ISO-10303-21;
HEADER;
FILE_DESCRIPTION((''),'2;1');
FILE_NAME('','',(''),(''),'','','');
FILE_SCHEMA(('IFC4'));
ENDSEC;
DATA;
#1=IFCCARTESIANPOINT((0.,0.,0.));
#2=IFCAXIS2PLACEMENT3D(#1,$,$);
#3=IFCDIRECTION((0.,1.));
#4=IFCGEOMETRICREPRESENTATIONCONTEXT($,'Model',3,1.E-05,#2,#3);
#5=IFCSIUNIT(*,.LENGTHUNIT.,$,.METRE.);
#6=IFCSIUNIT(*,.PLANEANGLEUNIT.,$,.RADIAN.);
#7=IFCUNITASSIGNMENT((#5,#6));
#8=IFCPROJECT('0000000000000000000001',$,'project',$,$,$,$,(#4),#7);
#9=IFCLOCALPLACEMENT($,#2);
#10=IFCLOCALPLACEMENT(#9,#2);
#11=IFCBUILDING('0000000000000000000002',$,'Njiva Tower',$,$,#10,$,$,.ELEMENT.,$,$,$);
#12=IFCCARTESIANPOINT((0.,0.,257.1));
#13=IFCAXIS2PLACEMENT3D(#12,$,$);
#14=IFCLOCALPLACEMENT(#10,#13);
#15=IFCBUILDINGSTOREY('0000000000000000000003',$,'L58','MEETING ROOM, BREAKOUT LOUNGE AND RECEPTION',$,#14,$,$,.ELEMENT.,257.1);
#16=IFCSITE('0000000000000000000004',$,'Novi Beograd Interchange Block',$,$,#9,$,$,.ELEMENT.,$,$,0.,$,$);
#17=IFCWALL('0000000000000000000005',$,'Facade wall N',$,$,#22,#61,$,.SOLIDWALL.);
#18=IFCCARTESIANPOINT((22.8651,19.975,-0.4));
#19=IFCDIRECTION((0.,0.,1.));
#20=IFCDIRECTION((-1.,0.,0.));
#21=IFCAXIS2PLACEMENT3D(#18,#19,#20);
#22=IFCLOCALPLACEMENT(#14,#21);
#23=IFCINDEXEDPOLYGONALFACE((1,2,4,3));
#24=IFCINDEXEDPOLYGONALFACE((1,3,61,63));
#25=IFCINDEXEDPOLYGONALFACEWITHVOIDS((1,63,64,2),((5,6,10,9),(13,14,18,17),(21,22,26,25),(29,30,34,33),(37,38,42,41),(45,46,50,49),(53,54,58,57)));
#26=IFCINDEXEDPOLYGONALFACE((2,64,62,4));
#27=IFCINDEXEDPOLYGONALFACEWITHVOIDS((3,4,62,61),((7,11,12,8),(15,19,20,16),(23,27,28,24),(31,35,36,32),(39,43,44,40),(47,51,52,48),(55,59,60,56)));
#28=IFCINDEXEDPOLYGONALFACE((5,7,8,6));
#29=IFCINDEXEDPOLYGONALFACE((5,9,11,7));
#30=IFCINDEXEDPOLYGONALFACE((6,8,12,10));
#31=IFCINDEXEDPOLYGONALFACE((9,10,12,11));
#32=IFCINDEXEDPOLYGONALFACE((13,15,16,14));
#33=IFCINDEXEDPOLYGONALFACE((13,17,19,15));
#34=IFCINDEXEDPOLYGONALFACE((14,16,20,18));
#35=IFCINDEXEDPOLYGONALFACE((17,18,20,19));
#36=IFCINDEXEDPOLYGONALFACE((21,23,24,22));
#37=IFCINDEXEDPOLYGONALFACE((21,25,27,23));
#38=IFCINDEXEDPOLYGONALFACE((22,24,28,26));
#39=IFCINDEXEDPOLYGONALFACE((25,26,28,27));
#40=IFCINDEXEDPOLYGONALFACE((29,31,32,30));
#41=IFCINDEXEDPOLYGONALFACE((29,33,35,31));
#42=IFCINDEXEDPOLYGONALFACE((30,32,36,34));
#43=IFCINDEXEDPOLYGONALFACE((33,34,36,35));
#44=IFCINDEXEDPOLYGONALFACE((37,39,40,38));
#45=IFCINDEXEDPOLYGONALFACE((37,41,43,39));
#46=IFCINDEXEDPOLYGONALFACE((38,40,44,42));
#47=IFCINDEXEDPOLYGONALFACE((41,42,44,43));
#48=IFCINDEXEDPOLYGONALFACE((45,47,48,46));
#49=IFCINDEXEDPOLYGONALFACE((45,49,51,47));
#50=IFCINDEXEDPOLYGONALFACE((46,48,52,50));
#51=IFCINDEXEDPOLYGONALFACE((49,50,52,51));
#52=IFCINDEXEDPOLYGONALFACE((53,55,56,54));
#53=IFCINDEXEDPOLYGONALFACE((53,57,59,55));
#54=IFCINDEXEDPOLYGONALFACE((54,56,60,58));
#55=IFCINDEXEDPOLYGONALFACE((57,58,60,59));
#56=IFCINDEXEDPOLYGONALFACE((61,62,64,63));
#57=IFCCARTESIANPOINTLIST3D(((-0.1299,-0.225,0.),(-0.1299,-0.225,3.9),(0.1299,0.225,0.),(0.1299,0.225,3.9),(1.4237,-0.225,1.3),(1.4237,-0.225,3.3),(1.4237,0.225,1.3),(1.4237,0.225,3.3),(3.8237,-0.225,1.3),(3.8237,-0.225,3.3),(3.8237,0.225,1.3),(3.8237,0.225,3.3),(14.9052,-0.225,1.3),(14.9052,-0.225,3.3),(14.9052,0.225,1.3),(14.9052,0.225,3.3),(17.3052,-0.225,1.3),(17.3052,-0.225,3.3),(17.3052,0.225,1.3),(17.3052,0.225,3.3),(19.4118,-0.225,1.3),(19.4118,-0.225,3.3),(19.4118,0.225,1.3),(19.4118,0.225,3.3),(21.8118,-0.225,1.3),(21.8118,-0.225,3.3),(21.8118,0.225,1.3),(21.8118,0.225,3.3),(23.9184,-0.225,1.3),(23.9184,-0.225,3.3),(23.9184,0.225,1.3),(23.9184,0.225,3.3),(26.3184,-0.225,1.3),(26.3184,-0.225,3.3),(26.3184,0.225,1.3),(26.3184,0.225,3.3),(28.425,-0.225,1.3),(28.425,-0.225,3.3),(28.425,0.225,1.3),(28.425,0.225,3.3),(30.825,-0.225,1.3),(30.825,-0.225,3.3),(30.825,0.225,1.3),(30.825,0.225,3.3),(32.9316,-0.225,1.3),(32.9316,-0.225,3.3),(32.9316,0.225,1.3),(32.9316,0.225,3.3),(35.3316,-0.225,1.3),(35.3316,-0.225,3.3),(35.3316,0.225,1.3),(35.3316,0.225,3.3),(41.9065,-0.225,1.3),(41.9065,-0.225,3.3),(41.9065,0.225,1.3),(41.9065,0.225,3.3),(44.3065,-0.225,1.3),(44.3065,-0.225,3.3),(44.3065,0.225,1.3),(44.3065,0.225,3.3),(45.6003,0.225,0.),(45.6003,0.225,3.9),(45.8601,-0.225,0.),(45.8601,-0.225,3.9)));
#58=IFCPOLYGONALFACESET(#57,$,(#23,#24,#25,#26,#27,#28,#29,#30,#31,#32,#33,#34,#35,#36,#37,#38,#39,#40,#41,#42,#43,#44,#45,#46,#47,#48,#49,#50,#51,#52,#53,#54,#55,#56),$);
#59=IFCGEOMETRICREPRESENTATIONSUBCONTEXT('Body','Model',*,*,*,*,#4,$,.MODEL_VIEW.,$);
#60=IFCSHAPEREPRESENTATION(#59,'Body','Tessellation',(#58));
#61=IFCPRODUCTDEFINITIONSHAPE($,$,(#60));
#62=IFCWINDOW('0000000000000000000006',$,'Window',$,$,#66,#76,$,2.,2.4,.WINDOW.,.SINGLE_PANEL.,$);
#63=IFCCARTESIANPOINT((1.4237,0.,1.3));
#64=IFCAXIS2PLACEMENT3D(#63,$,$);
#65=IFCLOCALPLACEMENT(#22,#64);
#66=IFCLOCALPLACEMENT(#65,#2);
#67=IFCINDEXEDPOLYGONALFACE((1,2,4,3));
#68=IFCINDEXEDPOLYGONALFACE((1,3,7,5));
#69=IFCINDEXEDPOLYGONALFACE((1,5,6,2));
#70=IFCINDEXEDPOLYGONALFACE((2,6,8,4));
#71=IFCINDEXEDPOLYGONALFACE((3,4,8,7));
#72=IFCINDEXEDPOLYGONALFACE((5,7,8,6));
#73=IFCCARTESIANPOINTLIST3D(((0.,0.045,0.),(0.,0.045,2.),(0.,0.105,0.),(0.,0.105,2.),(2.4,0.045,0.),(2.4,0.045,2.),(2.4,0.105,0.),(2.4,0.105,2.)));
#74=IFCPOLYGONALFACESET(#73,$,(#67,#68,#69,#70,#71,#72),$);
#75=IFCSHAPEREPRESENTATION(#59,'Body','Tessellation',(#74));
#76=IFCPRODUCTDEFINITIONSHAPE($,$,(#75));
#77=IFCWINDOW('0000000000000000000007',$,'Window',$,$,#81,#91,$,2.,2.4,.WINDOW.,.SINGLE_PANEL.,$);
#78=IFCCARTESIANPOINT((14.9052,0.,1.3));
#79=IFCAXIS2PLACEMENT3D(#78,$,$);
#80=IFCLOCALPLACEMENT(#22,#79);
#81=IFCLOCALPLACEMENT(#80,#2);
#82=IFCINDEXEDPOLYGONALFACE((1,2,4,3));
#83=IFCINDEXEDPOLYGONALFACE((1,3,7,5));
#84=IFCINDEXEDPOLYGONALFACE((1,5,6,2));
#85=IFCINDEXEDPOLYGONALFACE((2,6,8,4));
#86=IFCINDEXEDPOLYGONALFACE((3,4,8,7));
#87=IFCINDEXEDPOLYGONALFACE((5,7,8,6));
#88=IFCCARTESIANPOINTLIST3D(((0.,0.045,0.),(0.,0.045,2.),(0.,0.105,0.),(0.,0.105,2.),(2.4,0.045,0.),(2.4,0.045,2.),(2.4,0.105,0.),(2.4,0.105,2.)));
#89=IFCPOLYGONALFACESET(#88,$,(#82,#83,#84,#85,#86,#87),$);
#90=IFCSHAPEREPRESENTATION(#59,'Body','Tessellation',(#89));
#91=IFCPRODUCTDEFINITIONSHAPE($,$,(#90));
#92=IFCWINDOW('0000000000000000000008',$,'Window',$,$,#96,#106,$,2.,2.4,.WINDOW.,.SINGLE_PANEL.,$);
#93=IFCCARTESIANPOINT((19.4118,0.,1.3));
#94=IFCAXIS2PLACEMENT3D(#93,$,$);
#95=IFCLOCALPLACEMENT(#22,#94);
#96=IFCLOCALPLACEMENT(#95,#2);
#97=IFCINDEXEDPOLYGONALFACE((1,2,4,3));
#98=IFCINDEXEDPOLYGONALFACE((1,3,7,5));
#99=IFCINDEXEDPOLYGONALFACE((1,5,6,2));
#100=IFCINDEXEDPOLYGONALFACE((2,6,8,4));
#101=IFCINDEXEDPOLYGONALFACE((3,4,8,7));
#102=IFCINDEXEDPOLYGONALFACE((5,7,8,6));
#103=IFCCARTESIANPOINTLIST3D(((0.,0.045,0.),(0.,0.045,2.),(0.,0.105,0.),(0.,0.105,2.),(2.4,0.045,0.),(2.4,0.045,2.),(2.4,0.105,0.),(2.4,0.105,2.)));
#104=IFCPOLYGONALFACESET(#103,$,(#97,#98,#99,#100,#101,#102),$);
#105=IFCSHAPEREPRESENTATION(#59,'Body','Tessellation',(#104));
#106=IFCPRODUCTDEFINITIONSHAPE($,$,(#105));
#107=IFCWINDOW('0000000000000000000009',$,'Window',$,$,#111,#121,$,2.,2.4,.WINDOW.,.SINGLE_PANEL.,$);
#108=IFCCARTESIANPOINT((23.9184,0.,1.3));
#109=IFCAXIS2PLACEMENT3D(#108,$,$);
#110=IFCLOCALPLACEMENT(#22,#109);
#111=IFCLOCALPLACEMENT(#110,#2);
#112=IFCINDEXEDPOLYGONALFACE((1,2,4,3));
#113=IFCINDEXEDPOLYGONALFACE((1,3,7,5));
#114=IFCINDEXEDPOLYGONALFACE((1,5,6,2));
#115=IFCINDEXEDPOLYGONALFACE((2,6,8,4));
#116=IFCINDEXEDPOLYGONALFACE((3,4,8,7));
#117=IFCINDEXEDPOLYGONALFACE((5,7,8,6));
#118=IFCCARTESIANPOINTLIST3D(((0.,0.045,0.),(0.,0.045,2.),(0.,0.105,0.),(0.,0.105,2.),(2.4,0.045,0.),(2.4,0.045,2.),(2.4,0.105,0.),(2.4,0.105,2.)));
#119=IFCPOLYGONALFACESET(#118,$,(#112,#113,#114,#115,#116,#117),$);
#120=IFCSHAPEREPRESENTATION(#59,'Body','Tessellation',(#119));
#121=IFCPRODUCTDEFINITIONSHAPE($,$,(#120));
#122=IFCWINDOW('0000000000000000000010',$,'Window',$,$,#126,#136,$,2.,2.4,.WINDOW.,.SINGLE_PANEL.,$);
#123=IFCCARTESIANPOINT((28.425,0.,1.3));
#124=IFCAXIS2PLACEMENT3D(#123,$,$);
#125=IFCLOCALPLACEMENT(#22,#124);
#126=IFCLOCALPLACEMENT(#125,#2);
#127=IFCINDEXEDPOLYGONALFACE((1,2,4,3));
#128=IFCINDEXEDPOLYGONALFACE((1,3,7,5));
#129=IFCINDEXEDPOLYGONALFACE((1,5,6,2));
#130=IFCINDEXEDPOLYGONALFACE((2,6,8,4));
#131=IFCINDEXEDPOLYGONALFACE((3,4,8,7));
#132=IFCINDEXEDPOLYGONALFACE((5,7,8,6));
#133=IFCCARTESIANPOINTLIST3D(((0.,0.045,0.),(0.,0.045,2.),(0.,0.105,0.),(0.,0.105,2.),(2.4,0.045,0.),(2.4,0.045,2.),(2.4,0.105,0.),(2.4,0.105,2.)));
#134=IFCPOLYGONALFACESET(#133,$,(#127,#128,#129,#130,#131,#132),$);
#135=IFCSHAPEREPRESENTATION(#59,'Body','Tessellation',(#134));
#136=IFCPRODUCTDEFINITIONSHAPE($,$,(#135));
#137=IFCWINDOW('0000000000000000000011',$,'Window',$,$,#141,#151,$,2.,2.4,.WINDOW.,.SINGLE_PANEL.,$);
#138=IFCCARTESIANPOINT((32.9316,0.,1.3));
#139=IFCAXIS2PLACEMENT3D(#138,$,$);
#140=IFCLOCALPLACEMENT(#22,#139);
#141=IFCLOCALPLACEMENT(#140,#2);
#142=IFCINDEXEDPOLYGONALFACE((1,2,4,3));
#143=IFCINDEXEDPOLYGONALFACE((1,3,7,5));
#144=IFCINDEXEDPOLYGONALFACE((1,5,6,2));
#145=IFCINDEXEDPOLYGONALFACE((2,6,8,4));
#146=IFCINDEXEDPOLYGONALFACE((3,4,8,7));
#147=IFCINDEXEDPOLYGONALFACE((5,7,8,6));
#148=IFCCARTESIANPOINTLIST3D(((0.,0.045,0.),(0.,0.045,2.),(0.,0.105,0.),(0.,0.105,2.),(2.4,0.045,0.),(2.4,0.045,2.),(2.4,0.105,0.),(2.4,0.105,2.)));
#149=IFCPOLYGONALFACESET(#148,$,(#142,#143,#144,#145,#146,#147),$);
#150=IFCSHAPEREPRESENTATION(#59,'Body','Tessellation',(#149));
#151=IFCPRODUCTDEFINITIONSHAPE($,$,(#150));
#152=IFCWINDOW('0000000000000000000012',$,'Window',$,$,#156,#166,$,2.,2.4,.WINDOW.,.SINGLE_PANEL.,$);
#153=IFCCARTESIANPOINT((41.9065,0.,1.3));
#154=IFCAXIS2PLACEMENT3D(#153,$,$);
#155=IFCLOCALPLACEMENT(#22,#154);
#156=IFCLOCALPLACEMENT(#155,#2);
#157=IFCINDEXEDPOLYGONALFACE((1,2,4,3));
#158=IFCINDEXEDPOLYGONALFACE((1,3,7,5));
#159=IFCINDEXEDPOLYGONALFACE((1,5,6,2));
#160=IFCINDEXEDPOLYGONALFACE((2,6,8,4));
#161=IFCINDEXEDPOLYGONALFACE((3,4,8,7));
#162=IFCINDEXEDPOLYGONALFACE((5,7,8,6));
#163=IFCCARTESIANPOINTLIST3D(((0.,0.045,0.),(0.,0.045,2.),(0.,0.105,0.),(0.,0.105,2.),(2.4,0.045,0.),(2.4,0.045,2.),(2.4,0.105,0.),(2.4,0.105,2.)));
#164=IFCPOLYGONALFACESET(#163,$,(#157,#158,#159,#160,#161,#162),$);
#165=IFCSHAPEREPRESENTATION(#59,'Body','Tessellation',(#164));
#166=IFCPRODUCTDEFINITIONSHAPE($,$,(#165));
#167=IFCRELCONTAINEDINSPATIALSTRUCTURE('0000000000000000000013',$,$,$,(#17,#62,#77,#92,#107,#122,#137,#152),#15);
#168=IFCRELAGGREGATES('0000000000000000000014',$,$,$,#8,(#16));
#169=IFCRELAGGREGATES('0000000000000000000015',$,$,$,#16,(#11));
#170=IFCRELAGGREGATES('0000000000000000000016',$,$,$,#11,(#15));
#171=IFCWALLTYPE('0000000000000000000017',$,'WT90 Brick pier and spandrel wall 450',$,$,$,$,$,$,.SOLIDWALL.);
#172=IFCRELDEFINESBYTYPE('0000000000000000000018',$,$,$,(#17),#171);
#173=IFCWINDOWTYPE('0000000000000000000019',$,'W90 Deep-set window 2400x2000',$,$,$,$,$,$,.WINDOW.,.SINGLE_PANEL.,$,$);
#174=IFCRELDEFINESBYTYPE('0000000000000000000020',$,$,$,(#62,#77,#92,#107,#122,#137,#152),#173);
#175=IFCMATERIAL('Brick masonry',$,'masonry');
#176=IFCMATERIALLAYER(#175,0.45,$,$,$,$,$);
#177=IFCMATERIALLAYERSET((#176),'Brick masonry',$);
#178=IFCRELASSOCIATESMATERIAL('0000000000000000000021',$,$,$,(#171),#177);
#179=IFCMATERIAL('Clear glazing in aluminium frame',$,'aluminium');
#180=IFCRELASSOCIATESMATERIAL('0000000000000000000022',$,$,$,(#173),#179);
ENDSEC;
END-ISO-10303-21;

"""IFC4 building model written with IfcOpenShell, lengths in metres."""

from ifc_helpers import new_model, si_unit, direction, frame, frame_2d, origin, place, context, subcontext, project, spatial, polyline, rectangle, outline, extrude, material, layer, layer_set, type_object, element, fill, save


model = new_model("IFC4")

# Units and contexts
model_context = context("Model", 3, precision=1e-05, world=origin(), true_north=direction((0.0, 1.0)))
body_context = subcontext(model_context, "Body", "Model", "MODEL_VIEW")
ifc_project = project(units=[si_unit("LENGTHUNIT", "METRE"), si_unit("PLANEANGLEUNIT", "RADIAN")], contexts=[model_context])

# Site, building, storey
site_placement = place(None, origin())
site = spatial("IfcSite", under=ifc_project, at=site_placement, Name="Novi Beograd Interchange Block", CompositionType="ELEMENT", RefElevation=0.0)
building_placement = place(site_placement, origin())
building = spatial("IfcBuilding", under=site, at=building_placement, Name="Njiva Tower", CompositionType="ELEMENT")
storey_placement = place(building_placement, frame((0.0, 0.0, 257.1)))
storey = spatial("IfcBuildingStorey", under=building, at=storey_placement, Name="L58", Description="MEETING ROOM, BREAKOUT LOUNGE AND RECEPTION", CompositionType="ELEMENT", Elevation=257.1)

# Wall, openings, windows
ifc_material_1 = material(Name="Brick masonry", Category="masonry")
ifc_layer_1 = layer(ifc_material_1, 0.45)
ifc_layer_set_1 = layer_set([ifc_layer_1], Name="Brick masonry")
wall_type_1 = type_object("IfcWallType", Name="WT90 Brick pier and spandrel wall 450", PredefinedType="SOLIDWALL", material=ifc_layer_set_1)
wall_1_placement = place(storey_placement, frame((22.8651, 19.975, -0.4), z_axis=(0.0, 0.0, 1.0), x_axis=(-1.0, 0.0, 0.0)))
wall_1 = element("IfcWall", 1, at=wall_1_placement, inside=storey, type_object=wall_type_1, Name="Facade wall N", PredefinedType="SOLIDWALL", context=body_context, shape_type="SweptSolid", body=[
    extrude(outline(polyline([(-0.1299, -0.225), (45.8601, -0.225), (45.6003, 0.225), (0.1299, 0.225), (-0.1299, -0.225)])), origin(), (0.0, 0.0, 1.0), 3.9),
])
opening_1_placement = place(wall_1_placement, frame((1.4237, 0.0, 1.3)))
opening_1 = element("IfcOpeningElement", 2, at=opening_1_placement, cuts=wall_1, PredefinedType="OPENING", context=body_context, shape_type="SweptSolid", body=[
    extrude(rectangle(XDim=2.4, YDim=2.0, at=frame_2d((1.2, 1.0))), frame((0.0, 0.235, 0.0), z_axis=(0.0, -1.0, 0.0), x_axis=(1.0, 0.0, 0.0)), (0.0, 0.0, 1.0), 0.47),
])
opening_2_placement = place(wall_1_placement, frame((14.9052, 0.0, 1.3)))
opening_2 = element("IfcOpeningElement", 3, at=opening_2_placement, cuts=wall_1, PredefinedType="OPENING", context=body_context, shape_type="SweptSolid", body=[
    extrude(rectangle(XDim=2.4, YDim=2.0, at=frame_2d((1.2, 1.0))), frame((0.0, 0.235, 0.0), z_axis=(0.0, -1.0, 0.0), x_axis=(1.0, 0.0, 0.0)), (0.0, 0.0, 1.0), 0.47),
])
opening_3_placement = place(wall_1_placement, frame((19.4118, 0.0, 1.3)))
opening_3 = element("IfcOpeningElement", 4, at=opening_3_placement, cuts=wall_1, PredefinedType="OPENING", context=body_context, shape_type="SweptSolid", body=[
    extrude(rectangle(XDim=2.4, YDim=2.0, at=frame_2d((1.2, 1.0))), frame((0.0, 0.235, 0.0), z_axis=(0.0, -1.0, 0.0), x_axis=(1.0, 0.0, 0.0)), (0.0, 0.0, 1.0), 0.47),
])
opening_4_placement = place(wall_1_placement, frame((23.9184, 0.0, 1.3)))
opening_4 = element("IfcOpeningElement", 5, at=opening_4_placement, cuts=wall_1, PredefinedType="OPENING", context=body_context, shape_type="SweptSolid", body=[
    extrude(rectangle(XDim=2.4, YDim=2.0, at=frame_2d((1.2, 1.0))), frame((0.0, 0.235, 0.0), z_axis=(0.0, -1.0, 0.0), x_axis=(1.0, 0.0, 0.0)), (0.0, 0.0, 1.0), 0.47),
])
opening_5_placement = place(wall_1_placement, frame((28.425, 0.0, 1.3)))
opening_5 = element("IfcOpeningElement", 6, at=opening_5_placement, cuts=wall_1, PredefinedType="OPENING", context=body_context, shape_type="SweptSolid", body=[
    extrude(rectangle(XDim=2.4, YDim=2.0, at=frame_2d((1.2, 1.0))), frame((0.0, 0.235, 0.0), z_axis=(0.0, -1.0, 0.0), x_axis=(1.0, 0.0, 0.0)), (0.0, 0.0, 1.0), 0.47),
])
opening_6_placement = place(wall_1_placement, frame((32.9316, 0.0, 1.3)))
opening_6 = element("IfcOpeningElement", 7, at=opening_6_placement, cuts=wall_1, PredefinedType="OPENING", context=body_context, shape_type="SweptSolid", body=[
    extrude(rectangle(XDim=2.4, YDim=2.0, at=frame_2d((1.2, 1.0))), frame((0.0, 0.235, 0.0), z_axis=(0.0, -1.0, 0.0), x_axis=(1.0, 0.0, 0.0)), (0.0, 0.0, 1.0), 0.47),
])
opening_7_placement = place(wall_1_placement, frame((41.9065, 0.0, 1.3)))
opening_7 = element("IfcOpeningElement", 8, at=opening_7_placement, cuts=wall_1, PredefinedType="OPENING", context=body_context, shape_type="SweptSolid", body=[
    extrude(rectangle(XDim=2.4, YDim=2.0, at=frame_2d((1.2, 1.0))), frame((0.0, 0.235, 0.0), z_axis=(0.0, -1.0, 0.0), x_axis=(1.0, 0.0, 0.0)), (0.0, 0.0, 1.0), 0.47),
])
ifc_material_2 = material(Name="Clear glazing in aluminium frame", Category="aluminium")
window_type_1 = type_object("IfcWindowType", Name="W90 Deep-set window 2400x2000", PartitioningType="SINGLE_PANEL", PredefinedType="WINDOW", material=ifc_material_2)
window_1_placement = place(opening_1_placement, origin())
window_1 = element("IfcWindow", 9, at=window_1_placement, inside=storey, type_object=window_type_1, Name="Window", OverallHeight=2.0, OverallWidth=2.4, PartitioningType="SINGLE_PANEL", PredefinedType="WINDOW", context=body_context, shape_type="SweptSolid", body=[
    extrude(rectangle(XDim=2.4, YDim=2.0, at=frame_2d((1.2, 1.0))), frame((0.0, 0.105, 0.0), z_axis=(0.0, -1.0, 0.0), x_axis=(1.0, 0.0, 0.0)), (0.0, 0.0, 1.0), 0.06),
])
fill(opening_1, window_1)
window_2_placement = place(opening_2_placement, origin())
window_2 = element("IfcWindow", 10, at=window_2_placement, inside=storey, type_object=window_type_1, Name="Window", OverallHeight=2.0, OverallWidth=2.4, PartitioningType="SINGLE_PANEL", PredefinedType="WINDOW", context=body_context, shape_type="SweptSolid", body=[
    extrude(rectangle(XDim=2.4, YDim=2.0, at=frame_2d((1.2, 1.0))), frame((0.0, 0.105, 0.0), z_axis=(0.0, -1.0, 0.0), x_axis=(1.0, 0.0, 0.0)), (0.0, 0.0, 1.0), 0.06),
])
fill(opening_2, window_2)
window_3_placement = place(opening_3_placement, origin())
window_3 = element("IfcWindow", 11, at=window_3_placement, inside=storey, type_object=window_type_1, Name="Window", OverallHeight=2.0, OverallWidth=2.4, PartitioningType="SINGLE_PANEL", PredefinedType="WINDOW", context=body_context, shape_type="SweptSolid", body=[
    extrude(rectangle(XDim=2.4, YDim=2.0, at=frame_2d((1.2, 1.0))), frame((0.0, 0.105, 0.0), z_axis=(0.0, -1.0, 0.0), x_axis=(1.0, 0.0, 0.0)), (0.0, 0.0, 1.0), 0.06),
])
fill(opening_3, window_3)
window_4_placement = place(opening_4_placement, origin())
window_4 = element("IfcWindow", 12, at=window_4_placement, inside=storey, type_object=window_type_1, Name="Window", OverallHeight=2.0, OverallWidth=2.4, PartitioningType="SINGLE_PANEL", PredefinedType="WINDOW", context=body_context, shape_type="SweptSolid", body=[
    extrude(rectangle(XDim=2.4, YDim=2.0, at=frame_2d((1.2, 1.0))), frame((0.0, 0.105, 0.0), z_axis=(0.0, -1.0, 0.0), x_axis=(1.0, 0.0, 0.0)), (0.0, 0.0, 1.0), 0.06),
])
fill(opening_4, window_4)
window_5_placement = place(opening_5_placement, origin())
window_5 = element("IfcWindow", 13, at=window_5_placement, inside=storey, type_object=window_type_1, Name="Window", OverallHeight=2.0, OverallWidth=2.4, PartitioningType="SINGLE_PANEL", PredefinedType="WINDOW", context=body_context, shape_type="SweptSolid", body=[
    extrude(rectangle(XDim=2.4, YDim=2.0, at=frame_2d((1.2, 1.0))), frame((0.0, 0.105, 0.0), z_axis=(0.0, -1.0, 0.0), x_axis=(1.0, 0.0, 0.0)), (0.0, 0.0, 1.0), 0.06),
])
fill(opening_5, window_5)
window_6_placement = place(opening_6_placement, origin())
window_6 = element("IfcWindow", 14, at=window_6_placement, inside=storey, type_object=window_type_1, Name="Window", OverallHeight=2.0, OverallWidth=2.4, PartitioningType="SINGLE_PANEL", PredefinedType="WINDOW", context=body_context, shape_type="SweptSolid", body=[
    extrude(rectangle(XDim=2.4, YDim=2.0, at=frame_2d((1.2, 1.0))), frame((0.0, 0.105, 0.0), z_axis=(0.0, -1.0, 0.0), x_axis=(1.0, 0.0, 0.0)), (0.0, 0.0, 1.0), 0.06),
])
fill(opening_6, window_6)
window_7_placement = place(opening_7_placement, origin())
window_7 = element("IfcWindow", 15, at=window_7_placement, inside=storey, type_object=window_type_1, Name="Window", OverallHeight=2.0, OverallWidth=2.4, PartitioningType="SINGLE_PANEL", PredefinedType="WINDOW", context=body_context, shape_type="SweptSolid", body=[
    extrude(rectangle(XDim=2.4, YDim=2.0, at=frame_2d((1.2, 1.0))), frame((0.0, 0.105, 0.0), z_axis=(0.0, -1.0, 0.0), x_axis=(1.0, 0.0, 0.0)), (0.0, 0.0, 1.0), 0.06),
])
fill(opening_7, window_7)

save(model, "model.ifc")
